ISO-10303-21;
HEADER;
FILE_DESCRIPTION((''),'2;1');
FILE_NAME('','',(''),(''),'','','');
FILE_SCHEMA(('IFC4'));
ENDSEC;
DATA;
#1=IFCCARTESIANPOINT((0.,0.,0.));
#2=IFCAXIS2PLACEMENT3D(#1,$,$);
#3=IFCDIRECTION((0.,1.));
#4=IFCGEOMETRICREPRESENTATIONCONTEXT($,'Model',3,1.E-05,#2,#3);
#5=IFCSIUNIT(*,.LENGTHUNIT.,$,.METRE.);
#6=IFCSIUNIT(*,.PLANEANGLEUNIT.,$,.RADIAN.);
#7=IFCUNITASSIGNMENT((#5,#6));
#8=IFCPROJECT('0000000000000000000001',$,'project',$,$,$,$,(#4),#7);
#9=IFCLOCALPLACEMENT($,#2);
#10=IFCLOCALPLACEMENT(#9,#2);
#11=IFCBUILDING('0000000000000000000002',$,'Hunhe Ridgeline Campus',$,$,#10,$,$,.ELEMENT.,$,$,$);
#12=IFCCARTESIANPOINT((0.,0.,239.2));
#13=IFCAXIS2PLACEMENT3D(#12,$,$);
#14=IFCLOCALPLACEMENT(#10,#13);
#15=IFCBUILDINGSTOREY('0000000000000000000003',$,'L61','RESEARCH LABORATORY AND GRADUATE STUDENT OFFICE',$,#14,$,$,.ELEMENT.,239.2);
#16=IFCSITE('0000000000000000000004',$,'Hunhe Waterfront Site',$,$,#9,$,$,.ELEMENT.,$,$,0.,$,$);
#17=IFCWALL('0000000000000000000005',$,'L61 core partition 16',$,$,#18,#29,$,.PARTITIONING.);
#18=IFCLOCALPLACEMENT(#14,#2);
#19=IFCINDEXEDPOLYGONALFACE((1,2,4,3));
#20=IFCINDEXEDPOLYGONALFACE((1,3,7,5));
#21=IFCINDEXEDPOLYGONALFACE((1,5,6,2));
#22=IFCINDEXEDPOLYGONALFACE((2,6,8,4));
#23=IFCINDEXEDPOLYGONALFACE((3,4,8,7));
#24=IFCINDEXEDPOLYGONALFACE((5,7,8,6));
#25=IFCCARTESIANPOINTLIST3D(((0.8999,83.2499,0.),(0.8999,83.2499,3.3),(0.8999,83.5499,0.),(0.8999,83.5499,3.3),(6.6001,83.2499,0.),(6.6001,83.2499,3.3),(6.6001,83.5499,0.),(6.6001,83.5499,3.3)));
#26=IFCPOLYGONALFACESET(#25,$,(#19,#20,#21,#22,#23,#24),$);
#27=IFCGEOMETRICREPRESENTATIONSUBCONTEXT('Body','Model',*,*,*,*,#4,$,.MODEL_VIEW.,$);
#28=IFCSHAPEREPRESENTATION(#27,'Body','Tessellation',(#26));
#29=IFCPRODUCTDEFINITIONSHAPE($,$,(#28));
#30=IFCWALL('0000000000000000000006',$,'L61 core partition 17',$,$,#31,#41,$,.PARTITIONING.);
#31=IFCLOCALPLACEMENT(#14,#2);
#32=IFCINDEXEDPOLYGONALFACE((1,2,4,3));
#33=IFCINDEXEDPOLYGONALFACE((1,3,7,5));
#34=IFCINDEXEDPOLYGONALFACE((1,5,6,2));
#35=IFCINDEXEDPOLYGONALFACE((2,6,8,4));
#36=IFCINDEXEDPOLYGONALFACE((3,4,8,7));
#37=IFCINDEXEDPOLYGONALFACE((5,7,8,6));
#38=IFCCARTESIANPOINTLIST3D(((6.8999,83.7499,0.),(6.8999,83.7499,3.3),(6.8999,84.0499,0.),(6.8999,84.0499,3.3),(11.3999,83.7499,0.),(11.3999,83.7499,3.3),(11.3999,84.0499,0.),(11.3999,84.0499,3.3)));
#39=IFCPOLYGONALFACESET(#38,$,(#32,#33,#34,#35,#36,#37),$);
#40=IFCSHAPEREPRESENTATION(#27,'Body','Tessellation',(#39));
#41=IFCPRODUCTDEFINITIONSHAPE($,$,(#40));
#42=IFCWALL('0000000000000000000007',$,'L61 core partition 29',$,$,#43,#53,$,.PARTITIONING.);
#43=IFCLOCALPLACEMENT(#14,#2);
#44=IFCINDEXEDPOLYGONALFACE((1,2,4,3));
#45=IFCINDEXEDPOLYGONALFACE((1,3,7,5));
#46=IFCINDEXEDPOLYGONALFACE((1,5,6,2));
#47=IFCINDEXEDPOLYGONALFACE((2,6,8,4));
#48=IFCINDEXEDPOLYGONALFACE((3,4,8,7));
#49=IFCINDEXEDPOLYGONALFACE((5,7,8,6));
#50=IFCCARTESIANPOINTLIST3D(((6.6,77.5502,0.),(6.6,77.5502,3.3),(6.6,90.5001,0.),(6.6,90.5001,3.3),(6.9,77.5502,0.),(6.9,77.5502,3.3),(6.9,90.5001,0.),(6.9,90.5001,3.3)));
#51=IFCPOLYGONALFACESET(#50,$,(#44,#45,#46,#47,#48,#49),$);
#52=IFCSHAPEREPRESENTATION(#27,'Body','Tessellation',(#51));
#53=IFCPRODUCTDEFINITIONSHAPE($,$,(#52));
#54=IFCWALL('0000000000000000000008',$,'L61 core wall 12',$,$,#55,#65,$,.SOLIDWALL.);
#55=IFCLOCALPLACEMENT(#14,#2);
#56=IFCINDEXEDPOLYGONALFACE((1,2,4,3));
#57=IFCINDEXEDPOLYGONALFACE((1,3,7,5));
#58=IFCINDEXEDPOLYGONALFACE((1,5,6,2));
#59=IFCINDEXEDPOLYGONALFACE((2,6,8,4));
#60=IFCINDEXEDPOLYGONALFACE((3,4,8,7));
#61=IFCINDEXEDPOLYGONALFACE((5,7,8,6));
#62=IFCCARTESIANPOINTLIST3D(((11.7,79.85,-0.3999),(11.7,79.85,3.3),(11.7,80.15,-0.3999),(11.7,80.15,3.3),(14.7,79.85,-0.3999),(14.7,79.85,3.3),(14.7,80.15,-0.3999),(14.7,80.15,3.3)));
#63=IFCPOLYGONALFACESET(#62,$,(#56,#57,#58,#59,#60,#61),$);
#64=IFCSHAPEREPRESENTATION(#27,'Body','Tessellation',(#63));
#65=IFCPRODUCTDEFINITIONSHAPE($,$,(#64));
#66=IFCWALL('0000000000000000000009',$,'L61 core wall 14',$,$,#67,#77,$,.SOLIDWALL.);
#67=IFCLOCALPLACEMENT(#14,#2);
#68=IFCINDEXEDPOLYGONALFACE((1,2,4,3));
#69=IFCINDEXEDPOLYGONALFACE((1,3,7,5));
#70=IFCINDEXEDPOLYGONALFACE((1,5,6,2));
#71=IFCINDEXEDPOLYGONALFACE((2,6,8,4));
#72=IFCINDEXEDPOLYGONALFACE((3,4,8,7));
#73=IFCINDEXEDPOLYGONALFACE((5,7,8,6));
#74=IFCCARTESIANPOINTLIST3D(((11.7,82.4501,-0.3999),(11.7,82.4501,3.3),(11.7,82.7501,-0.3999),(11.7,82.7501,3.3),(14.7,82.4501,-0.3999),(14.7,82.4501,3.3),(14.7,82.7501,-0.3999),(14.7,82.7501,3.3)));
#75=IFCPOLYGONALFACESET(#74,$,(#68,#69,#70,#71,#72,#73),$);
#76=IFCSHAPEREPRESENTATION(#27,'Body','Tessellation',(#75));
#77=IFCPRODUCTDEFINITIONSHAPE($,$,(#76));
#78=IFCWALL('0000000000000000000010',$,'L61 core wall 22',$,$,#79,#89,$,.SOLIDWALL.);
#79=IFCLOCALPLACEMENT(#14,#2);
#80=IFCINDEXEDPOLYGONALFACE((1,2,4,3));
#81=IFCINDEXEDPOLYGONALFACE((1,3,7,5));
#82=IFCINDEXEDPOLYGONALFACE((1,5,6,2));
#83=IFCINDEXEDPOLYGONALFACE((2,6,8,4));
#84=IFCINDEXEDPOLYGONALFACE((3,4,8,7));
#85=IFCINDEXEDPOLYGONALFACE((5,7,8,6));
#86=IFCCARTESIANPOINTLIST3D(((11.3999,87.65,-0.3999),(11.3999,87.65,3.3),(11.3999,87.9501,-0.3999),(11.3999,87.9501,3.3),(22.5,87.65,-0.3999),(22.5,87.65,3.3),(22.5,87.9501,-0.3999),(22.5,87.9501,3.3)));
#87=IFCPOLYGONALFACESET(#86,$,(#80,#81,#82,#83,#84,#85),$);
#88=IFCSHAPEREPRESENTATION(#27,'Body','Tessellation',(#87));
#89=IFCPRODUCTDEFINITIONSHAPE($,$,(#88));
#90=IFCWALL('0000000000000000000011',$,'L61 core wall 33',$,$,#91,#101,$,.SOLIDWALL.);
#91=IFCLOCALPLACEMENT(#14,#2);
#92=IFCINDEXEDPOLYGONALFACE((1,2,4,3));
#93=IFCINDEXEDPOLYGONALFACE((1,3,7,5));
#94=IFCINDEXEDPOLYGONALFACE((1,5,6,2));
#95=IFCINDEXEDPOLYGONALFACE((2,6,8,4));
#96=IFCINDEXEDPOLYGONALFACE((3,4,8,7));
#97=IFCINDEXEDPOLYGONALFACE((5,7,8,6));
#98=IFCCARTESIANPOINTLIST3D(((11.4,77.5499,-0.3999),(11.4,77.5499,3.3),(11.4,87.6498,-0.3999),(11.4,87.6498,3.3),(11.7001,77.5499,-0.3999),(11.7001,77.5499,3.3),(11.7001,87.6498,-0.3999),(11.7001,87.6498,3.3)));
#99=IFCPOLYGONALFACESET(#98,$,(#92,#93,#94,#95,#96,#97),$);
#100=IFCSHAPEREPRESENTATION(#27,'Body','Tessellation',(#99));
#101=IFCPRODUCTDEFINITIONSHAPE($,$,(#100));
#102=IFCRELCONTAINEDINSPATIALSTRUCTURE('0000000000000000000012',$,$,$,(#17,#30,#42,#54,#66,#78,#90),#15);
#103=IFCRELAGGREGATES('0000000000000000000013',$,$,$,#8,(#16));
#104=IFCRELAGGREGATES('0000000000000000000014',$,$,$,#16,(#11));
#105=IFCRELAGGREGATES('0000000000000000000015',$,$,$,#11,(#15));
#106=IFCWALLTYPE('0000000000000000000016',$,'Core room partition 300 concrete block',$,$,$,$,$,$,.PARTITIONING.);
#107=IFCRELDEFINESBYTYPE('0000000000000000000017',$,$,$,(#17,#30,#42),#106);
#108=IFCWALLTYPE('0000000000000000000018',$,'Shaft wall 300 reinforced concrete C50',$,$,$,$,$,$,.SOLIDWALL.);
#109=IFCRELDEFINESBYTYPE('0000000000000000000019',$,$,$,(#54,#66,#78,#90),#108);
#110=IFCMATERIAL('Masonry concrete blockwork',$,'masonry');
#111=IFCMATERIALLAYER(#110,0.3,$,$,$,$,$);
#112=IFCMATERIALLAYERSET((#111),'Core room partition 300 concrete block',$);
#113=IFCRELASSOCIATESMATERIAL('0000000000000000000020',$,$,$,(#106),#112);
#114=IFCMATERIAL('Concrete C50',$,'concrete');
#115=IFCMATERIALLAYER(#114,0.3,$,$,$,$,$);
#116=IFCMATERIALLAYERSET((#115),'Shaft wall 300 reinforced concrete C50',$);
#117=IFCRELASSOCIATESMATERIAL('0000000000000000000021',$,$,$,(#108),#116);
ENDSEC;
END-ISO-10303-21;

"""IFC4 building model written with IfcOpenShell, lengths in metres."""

from ifc_helpers import new_model, si_unit, direction, frame, frame_2d, origin, place, context, subcontext, project, spatial, rectangle, extrude, material, layer, layer_set, type_object, element, save


model = new_model("IFC4")

# Units and contexts
model_context = context("Model", 3, precision=1e-05, world=origin(), true_north=direction((0.0, 1.0)))
body_context = subcontext(model_context, "Body", "Model", "MODEL_VIEW")
ifc_project = project(units=[si_unit("LENGTHUNIT", "METRE"), si_unit("PLANEANGLEUNIT", "RADIAN")], contexts=[model_context])

# Site, building, storey
site_placement = place(None, origin())
site = spatial("IfcSite", under=ifc_project, at=site_placement, Name="Hunhe Waterfront Site", CompositionType="ELEMENT", RefElevation=0.0)
building_placement = place(site_placement, origin())
building = spatial("IfcBuilding", under=site, at=building_placement, Name="Hunhe Ridgeline Campus", CompositionType="ELEMENT")
storey_placement = place(building_placement, frame((0.0, 0.0, 239.2)))
storey = spatial("IfcBuildingStorey", under=building, at=storey_placement, Name="L61", Description="RESEARCH LABORATORY AND GRADUATE STUDENT OFFICE", CompositionType="ELEMENT", Elevation=239.2)

# Shared definitions
ifc_material_1 = material(Name="Masonry concrete blockwork", Category="masonry")
ifc_layer_1 = layer(ifc_material_1, 0.3)
ifc_layer_set_1 = layer_set([ifc_layer_1], Name="Core room partition 300 concrete block")
wall_type_1 = type_object("IfcWallType", Name="Core room partition 300 concrete block", PredefinedType="PARTITIONING", material=ifc_layer_set_1)

# Walls
wall_1_placement = place(storey_placement, frame((0.8999, 83.3999, 0.0), z_axis=(0.0, 0.0, 1.0), x_axis=(1.0, 0.0, 0.0)))
element("IfcWall", 1, at=wall_1_placement, inside=storey, type_object=wall_type_1, Name="L61 core partition 16", PredefinedType="PARTITIONING", context=body_context, shape_type="SweptSolid", body=[
    extrude(rectangle(XDim=5.7002, YDim=0.3, at=frame_2d((2.8501, 0.0))), origin(), (0.0, 0.0, 1.0), 3.3),
])
wall_2_placement = place(storey_placement, frame((6.8999, 83.8999, 0.0), z_axis=(0.0, 0.0, 1.0), x_axis=(1.0, 0.0, 0.0)))
element("IfcWall", 2, at=wall_2_placement, inside=storey, type_object=wall_type_1, Name="L61 core partition 17", PredefinedType="PARTITIONING", context=body_context, shape_type="SweptSolid", body=[
    extrude(rectangle(XDim=4.5, YDim=0.3, at=frame_2d((2.25, 0.0))), origin(), (0.0, 0.0, 1.0), 3.3),
])
wall_3_placement = place(storey_placement, frame((6.75, 77.55, 0.0), z_axis=(0.0, 0.0, 1.0), x_axis=(0.0, 1.0, 0.0)))
element("IfcWall", 3, at=wall_3_placement, inside=storey, type_object=wall_type_1, Name="L61 core partition 29", PredefinedType="PARTITIONING", context=body_context, shape_type="SweptSolid", body=[
    extrude(rectangle(XDim=12.95, YDim=0.3, at=frame_2d((6.4751, 0.0))), origin(), (0.0, 0.0, 1.0), 3.3),
])

# Shared definitions
ifc_material_2 = material(Name="Concrete C50", Category="concrete")
ifc_layer_2 = layer(ifc_material_2, 0.3)
ifc_layer_set_2 = layer_set([ifc_layer_2], Name="Shaft wall 300 reinforced concrete C50")
wall_type_2 = type_object("IfcWallType", Name="Shaft wall 300 reinforced concrete C50", PredefinedType="SOLIDWALL", material=ifc_layer_set_2)

# Walls
for number, where, z_axis, x_axis, name in (
    (4, (11.7, 80.0, -0.3999), (0.0, 0.0, 1.0), (1.0, 0.0, 0.0), "L61 core wall 12"),
    (5, (11.7, 82.6001, -0.3999), (0.0, 0.0, 1.0), (1.0, 0.0, 0.0), "L61 core wall 14"),
):
    element("IfcWall", number, at=place(storey_placement, frame(where, z_axis=z_axis, x_axis=x_axis)), inside=storey, type_object=wall_type_2, Name=name, PredefinedType="SOLIDWALL", context=body_context, shape_type="SweptSolid", body=[
        extrude(rectangle(XDim=3.0, YDim=0.3, at=frame_2d((1.5, 0.0))), origin(), (0.0, 0.0, 1.0), 3.7),
    ])
wall_4_placement = place(storey_placement, frame((11.3999, 87.8, -0.3999), z_axis=(0.0, 0.0, 1.0), x_axis=(1.0, 0.0, 0.0)))
element("IfcWall", 6, at=wall_4_placement, inside=storey, type_object=wall_type_2, Name="L61 core wall 22", PredefinedType="SOLIDWALL", context=body_context, shape_type="SweptSolid", body=[
    extrude(rectangle(XDim=11.1001, YDim=0.3, at=frame_2d((5.55, 0.0))), origin(), (0.0, 0.0, 1.0), 3.7),
])
wall_5_placement = place(storey_placement, frame((11.55, 77.55, -0.3999), z_axis=(0.0, 0.0, 1.0), x_axis=(0.0, 1.0, 0.0)))
element("IfcWall", 7, at=wall_5_placement, inside=storey, type_object=wall_type_2, Name="L61 core wall 33", PredefinedType="SOLIDWALL", context=body_context, shape_type="SweptSolid", body=[
    extrude(rectangle(XDim=10.0999, YDim=0.3, at=frame_2d((5.0498, 0.0))), origin(), (0.0, 0.0, 1.0), 3.7),
])

save(model, "model.ifc")
